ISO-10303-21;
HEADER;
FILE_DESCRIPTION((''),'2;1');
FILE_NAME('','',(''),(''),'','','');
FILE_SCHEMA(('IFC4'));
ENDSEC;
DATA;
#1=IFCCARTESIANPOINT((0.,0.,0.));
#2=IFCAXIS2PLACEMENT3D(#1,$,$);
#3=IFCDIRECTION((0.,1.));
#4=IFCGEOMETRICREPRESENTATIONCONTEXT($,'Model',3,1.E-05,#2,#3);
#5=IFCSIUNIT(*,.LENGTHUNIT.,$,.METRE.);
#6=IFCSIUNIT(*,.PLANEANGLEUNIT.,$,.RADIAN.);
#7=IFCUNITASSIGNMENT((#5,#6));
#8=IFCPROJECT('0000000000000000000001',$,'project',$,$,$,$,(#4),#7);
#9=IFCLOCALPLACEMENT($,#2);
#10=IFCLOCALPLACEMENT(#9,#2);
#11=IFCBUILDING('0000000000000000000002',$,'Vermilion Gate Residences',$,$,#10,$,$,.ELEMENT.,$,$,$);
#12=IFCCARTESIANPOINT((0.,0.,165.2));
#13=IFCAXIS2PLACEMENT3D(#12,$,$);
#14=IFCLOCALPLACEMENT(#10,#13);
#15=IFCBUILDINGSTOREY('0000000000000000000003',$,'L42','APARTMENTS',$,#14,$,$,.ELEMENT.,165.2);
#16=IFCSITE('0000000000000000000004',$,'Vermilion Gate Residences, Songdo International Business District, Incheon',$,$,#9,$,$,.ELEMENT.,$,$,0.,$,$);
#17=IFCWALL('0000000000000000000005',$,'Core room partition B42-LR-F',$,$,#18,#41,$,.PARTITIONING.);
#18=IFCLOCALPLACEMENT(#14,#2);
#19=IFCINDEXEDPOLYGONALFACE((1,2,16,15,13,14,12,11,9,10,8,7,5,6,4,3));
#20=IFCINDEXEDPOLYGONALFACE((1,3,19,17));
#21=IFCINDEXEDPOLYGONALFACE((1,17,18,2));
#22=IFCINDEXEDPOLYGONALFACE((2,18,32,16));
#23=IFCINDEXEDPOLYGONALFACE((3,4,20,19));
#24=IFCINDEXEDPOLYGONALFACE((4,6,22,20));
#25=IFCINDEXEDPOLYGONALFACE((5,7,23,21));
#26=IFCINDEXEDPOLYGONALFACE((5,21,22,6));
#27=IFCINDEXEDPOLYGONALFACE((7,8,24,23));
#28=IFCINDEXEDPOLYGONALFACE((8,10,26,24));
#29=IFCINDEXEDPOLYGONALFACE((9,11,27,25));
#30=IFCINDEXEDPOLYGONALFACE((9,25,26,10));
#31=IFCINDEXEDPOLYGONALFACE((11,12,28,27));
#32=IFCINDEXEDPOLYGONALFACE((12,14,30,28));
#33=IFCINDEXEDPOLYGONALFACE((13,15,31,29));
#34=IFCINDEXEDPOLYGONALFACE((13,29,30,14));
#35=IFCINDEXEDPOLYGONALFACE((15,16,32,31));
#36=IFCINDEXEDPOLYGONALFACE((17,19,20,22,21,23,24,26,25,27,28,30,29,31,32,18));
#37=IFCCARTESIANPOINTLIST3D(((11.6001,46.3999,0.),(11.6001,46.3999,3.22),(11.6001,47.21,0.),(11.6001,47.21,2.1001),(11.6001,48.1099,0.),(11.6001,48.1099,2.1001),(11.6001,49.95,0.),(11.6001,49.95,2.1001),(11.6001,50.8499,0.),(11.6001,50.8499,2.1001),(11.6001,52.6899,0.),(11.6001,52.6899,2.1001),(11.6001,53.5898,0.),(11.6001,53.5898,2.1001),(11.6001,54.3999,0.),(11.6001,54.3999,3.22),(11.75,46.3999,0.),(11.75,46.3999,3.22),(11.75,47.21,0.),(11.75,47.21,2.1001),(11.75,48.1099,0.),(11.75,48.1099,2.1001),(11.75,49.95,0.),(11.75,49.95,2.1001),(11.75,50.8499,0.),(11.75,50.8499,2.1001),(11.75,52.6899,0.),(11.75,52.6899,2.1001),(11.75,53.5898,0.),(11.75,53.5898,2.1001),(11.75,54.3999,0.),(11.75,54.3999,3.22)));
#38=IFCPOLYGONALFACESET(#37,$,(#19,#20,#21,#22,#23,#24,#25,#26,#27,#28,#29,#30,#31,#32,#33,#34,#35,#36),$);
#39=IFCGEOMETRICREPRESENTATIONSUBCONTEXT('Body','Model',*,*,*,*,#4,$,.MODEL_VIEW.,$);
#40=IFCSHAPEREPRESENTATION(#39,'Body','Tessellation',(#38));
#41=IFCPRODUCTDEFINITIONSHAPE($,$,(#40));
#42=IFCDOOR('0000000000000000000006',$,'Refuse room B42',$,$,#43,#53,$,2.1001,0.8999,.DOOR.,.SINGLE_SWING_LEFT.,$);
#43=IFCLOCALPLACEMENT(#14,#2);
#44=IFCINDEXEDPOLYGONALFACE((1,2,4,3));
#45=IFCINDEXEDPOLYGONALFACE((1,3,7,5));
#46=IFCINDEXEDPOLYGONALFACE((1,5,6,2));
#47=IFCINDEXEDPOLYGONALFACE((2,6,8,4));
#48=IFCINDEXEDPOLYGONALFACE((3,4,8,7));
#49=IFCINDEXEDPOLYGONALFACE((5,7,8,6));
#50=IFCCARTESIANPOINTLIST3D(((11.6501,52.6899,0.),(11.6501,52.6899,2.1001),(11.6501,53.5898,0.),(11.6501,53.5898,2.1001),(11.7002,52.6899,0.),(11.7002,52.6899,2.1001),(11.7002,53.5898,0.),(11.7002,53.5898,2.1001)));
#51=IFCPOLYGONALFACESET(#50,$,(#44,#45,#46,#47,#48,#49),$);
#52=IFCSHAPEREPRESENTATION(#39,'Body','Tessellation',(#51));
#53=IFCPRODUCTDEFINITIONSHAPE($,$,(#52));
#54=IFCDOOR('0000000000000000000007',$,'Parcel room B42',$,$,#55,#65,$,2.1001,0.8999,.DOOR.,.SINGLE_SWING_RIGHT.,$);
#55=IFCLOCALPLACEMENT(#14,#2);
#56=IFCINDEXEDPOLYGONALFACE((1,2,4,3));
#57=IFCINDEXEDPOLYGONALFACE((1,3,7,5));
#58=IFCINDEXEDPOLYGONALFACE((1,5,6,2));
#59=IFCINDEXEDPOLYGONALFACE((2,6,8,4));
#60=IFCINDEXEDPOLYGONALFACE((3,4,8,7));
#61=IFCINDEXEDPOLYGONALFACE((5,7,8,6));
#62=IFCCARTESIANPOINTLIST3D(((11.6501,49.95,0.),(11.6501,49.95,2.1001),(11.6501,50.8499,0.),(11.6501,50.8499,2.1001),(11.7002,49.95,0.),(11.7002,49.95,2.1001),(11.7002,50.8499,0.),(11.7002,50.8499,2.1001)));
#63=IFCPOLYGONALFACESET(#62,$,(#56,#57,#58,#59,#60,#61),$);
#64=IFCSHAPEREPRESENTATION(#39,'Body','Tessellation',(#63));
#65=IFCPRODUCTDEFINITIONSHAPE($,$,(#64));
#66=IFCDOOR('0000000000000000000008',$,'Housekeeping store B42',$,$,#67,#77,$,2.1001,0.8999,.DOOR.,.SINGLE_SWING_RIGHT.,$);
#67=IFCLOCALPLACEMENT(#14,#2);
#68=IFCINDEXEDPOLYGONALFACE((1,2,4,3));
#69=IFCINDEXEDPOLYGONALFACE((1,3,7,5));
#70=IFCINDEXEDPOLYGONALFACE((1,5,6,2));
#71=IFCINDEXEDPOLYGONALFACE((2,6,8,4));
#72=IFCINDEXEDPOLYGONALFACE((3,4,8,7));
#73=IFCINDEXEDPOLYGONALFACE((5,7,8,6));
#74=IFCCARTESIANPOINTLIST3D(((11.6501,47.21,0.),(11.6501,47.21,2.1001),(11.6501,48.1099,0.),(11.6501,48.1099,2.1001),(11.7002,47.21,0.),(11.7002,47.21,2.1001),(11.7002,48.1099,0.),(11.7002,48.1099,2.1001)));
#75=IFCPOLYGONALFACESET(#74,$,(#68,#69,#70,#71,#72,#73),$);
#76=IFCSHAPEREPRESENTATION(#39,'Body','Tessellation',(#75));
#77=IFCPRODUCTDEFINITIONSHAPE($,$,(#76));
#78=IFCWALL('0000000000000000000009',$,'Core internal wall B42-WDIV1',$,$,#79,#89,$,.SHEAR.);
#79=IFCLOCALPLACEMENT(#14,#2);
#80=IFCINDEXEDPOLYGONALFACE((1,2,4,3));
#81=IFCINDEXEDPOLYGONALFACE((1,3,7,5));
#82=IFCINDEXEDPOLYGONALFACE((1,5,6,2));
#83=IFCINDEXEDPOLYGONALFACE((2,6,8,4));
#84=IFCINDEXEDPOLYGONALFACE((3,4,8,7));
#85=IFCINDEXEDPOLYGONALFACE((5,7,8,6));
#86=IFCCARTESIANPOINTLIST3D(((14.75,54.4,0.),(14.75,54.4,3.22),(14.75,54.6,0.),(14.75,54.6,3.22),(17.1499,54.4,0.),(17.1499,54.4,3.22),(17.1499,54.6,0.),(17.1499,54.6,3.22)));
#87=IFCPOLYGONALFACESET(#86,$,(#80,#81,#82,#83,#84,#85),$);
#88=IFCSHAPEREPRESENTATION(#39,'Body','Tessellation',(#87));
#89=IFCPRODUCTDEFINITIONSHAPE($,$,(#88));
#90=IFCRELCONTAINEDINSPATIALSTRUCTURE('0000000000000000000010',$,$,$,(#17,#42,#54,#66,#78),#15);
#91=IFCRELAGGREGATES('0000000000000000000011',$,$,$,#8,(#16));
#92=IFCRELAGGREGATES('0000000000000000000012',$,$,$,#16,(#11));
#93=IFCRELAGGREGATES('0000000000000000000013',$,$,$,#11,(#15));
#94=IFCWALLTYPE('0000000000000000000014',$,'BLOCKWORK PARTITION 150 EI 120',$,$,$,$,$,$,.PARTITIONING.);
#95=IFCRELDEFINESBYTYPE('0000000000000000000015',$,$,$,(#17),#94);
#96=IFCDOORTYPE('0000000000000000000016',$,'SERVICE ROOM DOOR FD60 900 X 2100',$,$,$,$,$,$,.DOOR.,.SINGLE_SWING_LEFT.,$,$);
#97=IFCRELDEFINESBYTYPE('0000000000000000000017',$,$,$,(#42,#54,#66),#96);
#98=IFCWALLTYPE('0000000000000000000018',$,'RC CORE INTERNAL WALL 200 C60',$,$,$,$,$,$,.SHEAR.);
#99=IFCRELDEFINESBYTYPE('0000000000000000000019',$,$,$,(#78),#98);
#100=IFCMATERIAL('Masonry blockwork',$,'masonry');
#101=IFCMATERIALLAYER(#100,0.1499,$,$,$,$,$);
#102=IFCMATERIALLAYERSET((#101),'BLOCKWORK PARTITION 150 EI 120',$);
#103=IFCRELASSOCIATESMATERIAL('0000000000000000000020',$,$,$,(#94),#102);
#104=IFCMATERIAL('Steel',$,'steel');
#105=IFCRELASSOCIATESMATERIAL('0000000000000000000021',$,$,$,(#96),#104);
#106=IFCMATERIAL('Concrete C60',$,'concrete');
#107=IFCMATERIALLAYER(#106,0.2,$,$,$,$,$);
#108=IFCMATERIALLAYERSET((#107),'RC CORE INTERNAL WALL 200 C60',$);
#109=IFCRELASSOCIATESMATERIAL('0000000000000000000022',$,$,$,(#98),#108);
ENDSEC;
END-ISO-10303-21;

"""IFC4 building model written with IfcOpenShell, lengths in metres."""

from ifc_helpers import new_model, si_unit, direction, frame, frame_2d, origin, place, context, subcontext, project, spatial, rectangle, extrude, material, layer, layer_set, type_object, element, fill, save


model = new_model("IFC4")

# Units and contexts
model_context = context("Model", 3, precision=1e-05, world=origin(), true_north=direction((0.0, 1.0)))
body_context = subcontext(model_context, "Body", "Model", "MODEL_VIEW")
ifc_project = project(units=[si_unit("LENGTHUNIT", "METRE"), si_unit("PLANEANGLEUNIT", "RADIAN")], contexts=[model_context])

# Site, building, storey
site_placement = place(None, origin())
site = spatial("IfcSite", under=ifc_project, at=site_placement, Name="Vermilion Gate Residences, Songdo International Business District, Incheon", CompositionType="ELEMENT", RefElevation=0.0)
building_placement = place(site_placement, origin())
building = spatial("IfcBuilding", under=site, at=building_placement, Name="Vermilion Gate Residences", CompositionType="ELEMENT")
storey_placement = place(building_placement, frame((0.0, 0.0, 165.2)))
storey = spatial("IfcBuildingStorey", under=building, at=storey_placement, Name="L42", Description="APARTMENTS", CompositionType="ELEMENT", Elevation=165.2)

# Wall, openings, doors
ifc_material_1 = material(Name="Masonry blockwork", Category="masonry")
ifc_layer_1 = layer(ifc_material_1, 0.1499)
ifc_layer_set_1 = layer_set([ifc_layer_1], Name="BLOCKWORK PARTITION 150 EI 120")
wall_type_1 = type_object("IfcWallType", Name="BLOCKWORK PARTITION 150 EI 120", PredefinedType="PARTITIONING", material=ifc_layer_set_1)
wall_1_placement = place(storey_placement, frame((11.675, 54.3999, 0.0), z_axis=(0.0, 0.0, 1.0), x_axis=(0.0, -1.0, 0.0)))
wall_1 = element("IfcWall", 1, at=wall_1_placement, inside=storey, type_object=wall_type_1, Name="Core room partition B42-LR-F", PredefinedType="PARTITIONING", context=body_context, shape_type="SweptSolid", body=[
    extrude(rectangle(XDim=8.0, YDim=0.1499, at=frame_2d((4.0, 0.0))), origin(), (0.0, 0.0, 1.0), 3.22),
])
opening_1_placement = place(wall_1_placement, frame((0.8101, 0.0, 0.0)))
opening_1 = element("IfcOpeningElement", 2, at=opening_1_placement, cuts=wall_1, PredefinedType="OPENING", context=body_context, shape_type="SweptSolid", body=[
    extrude(rectangle(XDim=0.8999, YDim=2.1001, at=frame_2d((0.45, 1.05))), frame((0.0, 0.085, 0.0), z_axis=(0.0, -1.0, 0.0), x_axis=(1.0, 0.0, 0.0)), (0.0, 0.0, 1.0), 0.1699),
])
opening_2_placement = place(wall_1_placement, frame((3.55, 0.0, 0.0)))
opening_2 = element("IfcOpeningElement", 3, at=opening_2_placement, cuts=wall_1, PredefinedType="OPENING", context=body_context, shape_type="SweptSolid", body=[
    extrude(rectangle(XDim=0.8999, YDim=2.1001, at=frame_2d((0.45, 1.05))), frame((0.0, 0.085, 0.0), z_axis=(0.0, -1.0, 0.0), x_axis=(1.0, 0.0, 0.0)), (0.0, 0.0, 1.0), 0.1699),
])
opening_3_placement = place(wall_1_placement, frame((6.29, 0.0, 0.0)))
opening_3 = element("IfcOpeningElement", 4, at=opening_3_placement, cuts=wall_1, PredefinedType="OPENING", context=body_context, shape_type="SweptSolid", body=[
    extrude(rectangle(XDim=0.8999, YDim=2.1001, at=frame_2d((0.45, 1.05))), frame((0.0, 0.085, 0.0), z_axis=(0.0, -1.0, 0.0), x_axis=(1.0, 0.0, 0.0)), (0.0, 0.0, 1.0), 0.1699),
])
ifc_material_2 = material(Name="Steel", Category="steel")
door_type = type_object("IfcDoorType", Name="SERVICE ROOM DOOR FD60 900 X 2100", OperationType="SINGLE_SWING_LEFT", PredefinedType="DOOR", material=ifc_material_2)
door_1_placement = place(opening_1_placement, frame((0.8999, 0.0, 0.0), z_axis=(0.0, 0.0, 1.0), x_axis=(-1.0, 0.0, 0.0)))
door_1 = element("IfcDoor", 5, at=door_1_placement, inside=storey, type_object=door_type, Name="Refuse room B42", OperationType="SINGLE_SWING_LEFT", OverallHeight=2.1001, OverallWidth=0.8999, PredefinedType="DOOR", context=body_context, shape_type="SweptSolid", body=[
    extrude(rectangle(XDim=0.8999, YDim=2.1001, at=frame_2d((0.45, 1.05))), frame((0.0, 0.0249, 0.0), z_axis=(0.0, -1.0, 0.0), x_axis=(1.0, 0.0, 0.0)), (0.0, 0.0, 1.0), 0.05),
])
fill(opening_1, door_1)
door_2_placement = place(opening_2_placement, frame((0.8999, 0.0, 0.0), z_axis=(0.0, 0.0, 1.0), x_axis=(-1.0, 0.0, 0.0)))
door_2 = element("IfcDoor", 6, at=door_2_placement, inside=storey, type_object=door_type, Name="Parcel room B42", OperationType="SINGLE_SWING_RIGHT", OverallHeight=2.1001, OverallWidth=0.8999, PredefinedType="DOOR", context=body_context, shape_type="SweptSolid", body=[
    extrude(rectangle(XDim=0.8999, YDim=2.1001, at=frame_2d((0.45, 1.05))), frame((0.0, 0.0249, 0.0), z_axis=(0.0, -1.0, 0.0), x_axis=(1.0, 0.0, 0.0)), (0.0, 0.0, 1.0), 0.05),
])
fill(opening_2, door_2)
door_3_placement = place(opening_3_placement, frame((0.8999, 0.0, 0.0), z_axis=(0.0, 0.0, 1.0), x_axis=(-1.0, 0.0, 0.0)))
door_3 = element("IfcDoor", 7, at=door_3_placement, inside=storey, type_object=door_type, Name="Housekeeping store B42", OperationType="SINGLE_SWING_RIGHT", OverallHeight=2.1001, OverallWidth=0.8999, PredefinedType="DOOR", context=body_context, shape_type="SweptSolid", body=[
    extrude(rectangle(XDim=0.8999, YDim=2.1001, at=frame_2d((0.45, 1.05))), frame((0.0, 0.0249, 0.0), z_axis=(0.0, -1.0, 0.0), x_axis=(1.0, 0.0, 0.0)), (0.0, 0.0, 1.0), 0.05),
])
fill(opening_3, door_3)

# Wall
ifc_material_3 = material(Name="Concrete C60", Category="concrete")
ifc_layer_2 = layer(ifc_material_3, 0.2)
ifc_layer_set_2 = layer_set([ifc_layer_2], Name="RC CORE INTERNAL WALL 200 C60")
wall_type_2 = type_object("IfcWallType", Name="RC CORE INTERNAL WALL 200 C60", PredefinedType="SHEAR", material=ifc_layer_set_2)
wall_2_placement = place(storey_placement, frame((14.75, 54.5, 0.0), z_axis=(0.0, 0.0, 1.0), x_axis=(1.0, 0.0, 0.0)))
element("IfcWall", 8, at=wall_2_placement, inside=storey, type_object=wall_type_2, Name="Core internal wall B42-WDIV1", PredefinedType="SHEAR", context=body_context, shape_type="SweptSolid", body=[
    extrude(rectangle(XDim=2.3999, YDim=0.2, at=frame_2d((1.2, 0.0))), origin(), (0.0, 0.0, 1.0), 3.22),
])

save(model, "model.ifc")
